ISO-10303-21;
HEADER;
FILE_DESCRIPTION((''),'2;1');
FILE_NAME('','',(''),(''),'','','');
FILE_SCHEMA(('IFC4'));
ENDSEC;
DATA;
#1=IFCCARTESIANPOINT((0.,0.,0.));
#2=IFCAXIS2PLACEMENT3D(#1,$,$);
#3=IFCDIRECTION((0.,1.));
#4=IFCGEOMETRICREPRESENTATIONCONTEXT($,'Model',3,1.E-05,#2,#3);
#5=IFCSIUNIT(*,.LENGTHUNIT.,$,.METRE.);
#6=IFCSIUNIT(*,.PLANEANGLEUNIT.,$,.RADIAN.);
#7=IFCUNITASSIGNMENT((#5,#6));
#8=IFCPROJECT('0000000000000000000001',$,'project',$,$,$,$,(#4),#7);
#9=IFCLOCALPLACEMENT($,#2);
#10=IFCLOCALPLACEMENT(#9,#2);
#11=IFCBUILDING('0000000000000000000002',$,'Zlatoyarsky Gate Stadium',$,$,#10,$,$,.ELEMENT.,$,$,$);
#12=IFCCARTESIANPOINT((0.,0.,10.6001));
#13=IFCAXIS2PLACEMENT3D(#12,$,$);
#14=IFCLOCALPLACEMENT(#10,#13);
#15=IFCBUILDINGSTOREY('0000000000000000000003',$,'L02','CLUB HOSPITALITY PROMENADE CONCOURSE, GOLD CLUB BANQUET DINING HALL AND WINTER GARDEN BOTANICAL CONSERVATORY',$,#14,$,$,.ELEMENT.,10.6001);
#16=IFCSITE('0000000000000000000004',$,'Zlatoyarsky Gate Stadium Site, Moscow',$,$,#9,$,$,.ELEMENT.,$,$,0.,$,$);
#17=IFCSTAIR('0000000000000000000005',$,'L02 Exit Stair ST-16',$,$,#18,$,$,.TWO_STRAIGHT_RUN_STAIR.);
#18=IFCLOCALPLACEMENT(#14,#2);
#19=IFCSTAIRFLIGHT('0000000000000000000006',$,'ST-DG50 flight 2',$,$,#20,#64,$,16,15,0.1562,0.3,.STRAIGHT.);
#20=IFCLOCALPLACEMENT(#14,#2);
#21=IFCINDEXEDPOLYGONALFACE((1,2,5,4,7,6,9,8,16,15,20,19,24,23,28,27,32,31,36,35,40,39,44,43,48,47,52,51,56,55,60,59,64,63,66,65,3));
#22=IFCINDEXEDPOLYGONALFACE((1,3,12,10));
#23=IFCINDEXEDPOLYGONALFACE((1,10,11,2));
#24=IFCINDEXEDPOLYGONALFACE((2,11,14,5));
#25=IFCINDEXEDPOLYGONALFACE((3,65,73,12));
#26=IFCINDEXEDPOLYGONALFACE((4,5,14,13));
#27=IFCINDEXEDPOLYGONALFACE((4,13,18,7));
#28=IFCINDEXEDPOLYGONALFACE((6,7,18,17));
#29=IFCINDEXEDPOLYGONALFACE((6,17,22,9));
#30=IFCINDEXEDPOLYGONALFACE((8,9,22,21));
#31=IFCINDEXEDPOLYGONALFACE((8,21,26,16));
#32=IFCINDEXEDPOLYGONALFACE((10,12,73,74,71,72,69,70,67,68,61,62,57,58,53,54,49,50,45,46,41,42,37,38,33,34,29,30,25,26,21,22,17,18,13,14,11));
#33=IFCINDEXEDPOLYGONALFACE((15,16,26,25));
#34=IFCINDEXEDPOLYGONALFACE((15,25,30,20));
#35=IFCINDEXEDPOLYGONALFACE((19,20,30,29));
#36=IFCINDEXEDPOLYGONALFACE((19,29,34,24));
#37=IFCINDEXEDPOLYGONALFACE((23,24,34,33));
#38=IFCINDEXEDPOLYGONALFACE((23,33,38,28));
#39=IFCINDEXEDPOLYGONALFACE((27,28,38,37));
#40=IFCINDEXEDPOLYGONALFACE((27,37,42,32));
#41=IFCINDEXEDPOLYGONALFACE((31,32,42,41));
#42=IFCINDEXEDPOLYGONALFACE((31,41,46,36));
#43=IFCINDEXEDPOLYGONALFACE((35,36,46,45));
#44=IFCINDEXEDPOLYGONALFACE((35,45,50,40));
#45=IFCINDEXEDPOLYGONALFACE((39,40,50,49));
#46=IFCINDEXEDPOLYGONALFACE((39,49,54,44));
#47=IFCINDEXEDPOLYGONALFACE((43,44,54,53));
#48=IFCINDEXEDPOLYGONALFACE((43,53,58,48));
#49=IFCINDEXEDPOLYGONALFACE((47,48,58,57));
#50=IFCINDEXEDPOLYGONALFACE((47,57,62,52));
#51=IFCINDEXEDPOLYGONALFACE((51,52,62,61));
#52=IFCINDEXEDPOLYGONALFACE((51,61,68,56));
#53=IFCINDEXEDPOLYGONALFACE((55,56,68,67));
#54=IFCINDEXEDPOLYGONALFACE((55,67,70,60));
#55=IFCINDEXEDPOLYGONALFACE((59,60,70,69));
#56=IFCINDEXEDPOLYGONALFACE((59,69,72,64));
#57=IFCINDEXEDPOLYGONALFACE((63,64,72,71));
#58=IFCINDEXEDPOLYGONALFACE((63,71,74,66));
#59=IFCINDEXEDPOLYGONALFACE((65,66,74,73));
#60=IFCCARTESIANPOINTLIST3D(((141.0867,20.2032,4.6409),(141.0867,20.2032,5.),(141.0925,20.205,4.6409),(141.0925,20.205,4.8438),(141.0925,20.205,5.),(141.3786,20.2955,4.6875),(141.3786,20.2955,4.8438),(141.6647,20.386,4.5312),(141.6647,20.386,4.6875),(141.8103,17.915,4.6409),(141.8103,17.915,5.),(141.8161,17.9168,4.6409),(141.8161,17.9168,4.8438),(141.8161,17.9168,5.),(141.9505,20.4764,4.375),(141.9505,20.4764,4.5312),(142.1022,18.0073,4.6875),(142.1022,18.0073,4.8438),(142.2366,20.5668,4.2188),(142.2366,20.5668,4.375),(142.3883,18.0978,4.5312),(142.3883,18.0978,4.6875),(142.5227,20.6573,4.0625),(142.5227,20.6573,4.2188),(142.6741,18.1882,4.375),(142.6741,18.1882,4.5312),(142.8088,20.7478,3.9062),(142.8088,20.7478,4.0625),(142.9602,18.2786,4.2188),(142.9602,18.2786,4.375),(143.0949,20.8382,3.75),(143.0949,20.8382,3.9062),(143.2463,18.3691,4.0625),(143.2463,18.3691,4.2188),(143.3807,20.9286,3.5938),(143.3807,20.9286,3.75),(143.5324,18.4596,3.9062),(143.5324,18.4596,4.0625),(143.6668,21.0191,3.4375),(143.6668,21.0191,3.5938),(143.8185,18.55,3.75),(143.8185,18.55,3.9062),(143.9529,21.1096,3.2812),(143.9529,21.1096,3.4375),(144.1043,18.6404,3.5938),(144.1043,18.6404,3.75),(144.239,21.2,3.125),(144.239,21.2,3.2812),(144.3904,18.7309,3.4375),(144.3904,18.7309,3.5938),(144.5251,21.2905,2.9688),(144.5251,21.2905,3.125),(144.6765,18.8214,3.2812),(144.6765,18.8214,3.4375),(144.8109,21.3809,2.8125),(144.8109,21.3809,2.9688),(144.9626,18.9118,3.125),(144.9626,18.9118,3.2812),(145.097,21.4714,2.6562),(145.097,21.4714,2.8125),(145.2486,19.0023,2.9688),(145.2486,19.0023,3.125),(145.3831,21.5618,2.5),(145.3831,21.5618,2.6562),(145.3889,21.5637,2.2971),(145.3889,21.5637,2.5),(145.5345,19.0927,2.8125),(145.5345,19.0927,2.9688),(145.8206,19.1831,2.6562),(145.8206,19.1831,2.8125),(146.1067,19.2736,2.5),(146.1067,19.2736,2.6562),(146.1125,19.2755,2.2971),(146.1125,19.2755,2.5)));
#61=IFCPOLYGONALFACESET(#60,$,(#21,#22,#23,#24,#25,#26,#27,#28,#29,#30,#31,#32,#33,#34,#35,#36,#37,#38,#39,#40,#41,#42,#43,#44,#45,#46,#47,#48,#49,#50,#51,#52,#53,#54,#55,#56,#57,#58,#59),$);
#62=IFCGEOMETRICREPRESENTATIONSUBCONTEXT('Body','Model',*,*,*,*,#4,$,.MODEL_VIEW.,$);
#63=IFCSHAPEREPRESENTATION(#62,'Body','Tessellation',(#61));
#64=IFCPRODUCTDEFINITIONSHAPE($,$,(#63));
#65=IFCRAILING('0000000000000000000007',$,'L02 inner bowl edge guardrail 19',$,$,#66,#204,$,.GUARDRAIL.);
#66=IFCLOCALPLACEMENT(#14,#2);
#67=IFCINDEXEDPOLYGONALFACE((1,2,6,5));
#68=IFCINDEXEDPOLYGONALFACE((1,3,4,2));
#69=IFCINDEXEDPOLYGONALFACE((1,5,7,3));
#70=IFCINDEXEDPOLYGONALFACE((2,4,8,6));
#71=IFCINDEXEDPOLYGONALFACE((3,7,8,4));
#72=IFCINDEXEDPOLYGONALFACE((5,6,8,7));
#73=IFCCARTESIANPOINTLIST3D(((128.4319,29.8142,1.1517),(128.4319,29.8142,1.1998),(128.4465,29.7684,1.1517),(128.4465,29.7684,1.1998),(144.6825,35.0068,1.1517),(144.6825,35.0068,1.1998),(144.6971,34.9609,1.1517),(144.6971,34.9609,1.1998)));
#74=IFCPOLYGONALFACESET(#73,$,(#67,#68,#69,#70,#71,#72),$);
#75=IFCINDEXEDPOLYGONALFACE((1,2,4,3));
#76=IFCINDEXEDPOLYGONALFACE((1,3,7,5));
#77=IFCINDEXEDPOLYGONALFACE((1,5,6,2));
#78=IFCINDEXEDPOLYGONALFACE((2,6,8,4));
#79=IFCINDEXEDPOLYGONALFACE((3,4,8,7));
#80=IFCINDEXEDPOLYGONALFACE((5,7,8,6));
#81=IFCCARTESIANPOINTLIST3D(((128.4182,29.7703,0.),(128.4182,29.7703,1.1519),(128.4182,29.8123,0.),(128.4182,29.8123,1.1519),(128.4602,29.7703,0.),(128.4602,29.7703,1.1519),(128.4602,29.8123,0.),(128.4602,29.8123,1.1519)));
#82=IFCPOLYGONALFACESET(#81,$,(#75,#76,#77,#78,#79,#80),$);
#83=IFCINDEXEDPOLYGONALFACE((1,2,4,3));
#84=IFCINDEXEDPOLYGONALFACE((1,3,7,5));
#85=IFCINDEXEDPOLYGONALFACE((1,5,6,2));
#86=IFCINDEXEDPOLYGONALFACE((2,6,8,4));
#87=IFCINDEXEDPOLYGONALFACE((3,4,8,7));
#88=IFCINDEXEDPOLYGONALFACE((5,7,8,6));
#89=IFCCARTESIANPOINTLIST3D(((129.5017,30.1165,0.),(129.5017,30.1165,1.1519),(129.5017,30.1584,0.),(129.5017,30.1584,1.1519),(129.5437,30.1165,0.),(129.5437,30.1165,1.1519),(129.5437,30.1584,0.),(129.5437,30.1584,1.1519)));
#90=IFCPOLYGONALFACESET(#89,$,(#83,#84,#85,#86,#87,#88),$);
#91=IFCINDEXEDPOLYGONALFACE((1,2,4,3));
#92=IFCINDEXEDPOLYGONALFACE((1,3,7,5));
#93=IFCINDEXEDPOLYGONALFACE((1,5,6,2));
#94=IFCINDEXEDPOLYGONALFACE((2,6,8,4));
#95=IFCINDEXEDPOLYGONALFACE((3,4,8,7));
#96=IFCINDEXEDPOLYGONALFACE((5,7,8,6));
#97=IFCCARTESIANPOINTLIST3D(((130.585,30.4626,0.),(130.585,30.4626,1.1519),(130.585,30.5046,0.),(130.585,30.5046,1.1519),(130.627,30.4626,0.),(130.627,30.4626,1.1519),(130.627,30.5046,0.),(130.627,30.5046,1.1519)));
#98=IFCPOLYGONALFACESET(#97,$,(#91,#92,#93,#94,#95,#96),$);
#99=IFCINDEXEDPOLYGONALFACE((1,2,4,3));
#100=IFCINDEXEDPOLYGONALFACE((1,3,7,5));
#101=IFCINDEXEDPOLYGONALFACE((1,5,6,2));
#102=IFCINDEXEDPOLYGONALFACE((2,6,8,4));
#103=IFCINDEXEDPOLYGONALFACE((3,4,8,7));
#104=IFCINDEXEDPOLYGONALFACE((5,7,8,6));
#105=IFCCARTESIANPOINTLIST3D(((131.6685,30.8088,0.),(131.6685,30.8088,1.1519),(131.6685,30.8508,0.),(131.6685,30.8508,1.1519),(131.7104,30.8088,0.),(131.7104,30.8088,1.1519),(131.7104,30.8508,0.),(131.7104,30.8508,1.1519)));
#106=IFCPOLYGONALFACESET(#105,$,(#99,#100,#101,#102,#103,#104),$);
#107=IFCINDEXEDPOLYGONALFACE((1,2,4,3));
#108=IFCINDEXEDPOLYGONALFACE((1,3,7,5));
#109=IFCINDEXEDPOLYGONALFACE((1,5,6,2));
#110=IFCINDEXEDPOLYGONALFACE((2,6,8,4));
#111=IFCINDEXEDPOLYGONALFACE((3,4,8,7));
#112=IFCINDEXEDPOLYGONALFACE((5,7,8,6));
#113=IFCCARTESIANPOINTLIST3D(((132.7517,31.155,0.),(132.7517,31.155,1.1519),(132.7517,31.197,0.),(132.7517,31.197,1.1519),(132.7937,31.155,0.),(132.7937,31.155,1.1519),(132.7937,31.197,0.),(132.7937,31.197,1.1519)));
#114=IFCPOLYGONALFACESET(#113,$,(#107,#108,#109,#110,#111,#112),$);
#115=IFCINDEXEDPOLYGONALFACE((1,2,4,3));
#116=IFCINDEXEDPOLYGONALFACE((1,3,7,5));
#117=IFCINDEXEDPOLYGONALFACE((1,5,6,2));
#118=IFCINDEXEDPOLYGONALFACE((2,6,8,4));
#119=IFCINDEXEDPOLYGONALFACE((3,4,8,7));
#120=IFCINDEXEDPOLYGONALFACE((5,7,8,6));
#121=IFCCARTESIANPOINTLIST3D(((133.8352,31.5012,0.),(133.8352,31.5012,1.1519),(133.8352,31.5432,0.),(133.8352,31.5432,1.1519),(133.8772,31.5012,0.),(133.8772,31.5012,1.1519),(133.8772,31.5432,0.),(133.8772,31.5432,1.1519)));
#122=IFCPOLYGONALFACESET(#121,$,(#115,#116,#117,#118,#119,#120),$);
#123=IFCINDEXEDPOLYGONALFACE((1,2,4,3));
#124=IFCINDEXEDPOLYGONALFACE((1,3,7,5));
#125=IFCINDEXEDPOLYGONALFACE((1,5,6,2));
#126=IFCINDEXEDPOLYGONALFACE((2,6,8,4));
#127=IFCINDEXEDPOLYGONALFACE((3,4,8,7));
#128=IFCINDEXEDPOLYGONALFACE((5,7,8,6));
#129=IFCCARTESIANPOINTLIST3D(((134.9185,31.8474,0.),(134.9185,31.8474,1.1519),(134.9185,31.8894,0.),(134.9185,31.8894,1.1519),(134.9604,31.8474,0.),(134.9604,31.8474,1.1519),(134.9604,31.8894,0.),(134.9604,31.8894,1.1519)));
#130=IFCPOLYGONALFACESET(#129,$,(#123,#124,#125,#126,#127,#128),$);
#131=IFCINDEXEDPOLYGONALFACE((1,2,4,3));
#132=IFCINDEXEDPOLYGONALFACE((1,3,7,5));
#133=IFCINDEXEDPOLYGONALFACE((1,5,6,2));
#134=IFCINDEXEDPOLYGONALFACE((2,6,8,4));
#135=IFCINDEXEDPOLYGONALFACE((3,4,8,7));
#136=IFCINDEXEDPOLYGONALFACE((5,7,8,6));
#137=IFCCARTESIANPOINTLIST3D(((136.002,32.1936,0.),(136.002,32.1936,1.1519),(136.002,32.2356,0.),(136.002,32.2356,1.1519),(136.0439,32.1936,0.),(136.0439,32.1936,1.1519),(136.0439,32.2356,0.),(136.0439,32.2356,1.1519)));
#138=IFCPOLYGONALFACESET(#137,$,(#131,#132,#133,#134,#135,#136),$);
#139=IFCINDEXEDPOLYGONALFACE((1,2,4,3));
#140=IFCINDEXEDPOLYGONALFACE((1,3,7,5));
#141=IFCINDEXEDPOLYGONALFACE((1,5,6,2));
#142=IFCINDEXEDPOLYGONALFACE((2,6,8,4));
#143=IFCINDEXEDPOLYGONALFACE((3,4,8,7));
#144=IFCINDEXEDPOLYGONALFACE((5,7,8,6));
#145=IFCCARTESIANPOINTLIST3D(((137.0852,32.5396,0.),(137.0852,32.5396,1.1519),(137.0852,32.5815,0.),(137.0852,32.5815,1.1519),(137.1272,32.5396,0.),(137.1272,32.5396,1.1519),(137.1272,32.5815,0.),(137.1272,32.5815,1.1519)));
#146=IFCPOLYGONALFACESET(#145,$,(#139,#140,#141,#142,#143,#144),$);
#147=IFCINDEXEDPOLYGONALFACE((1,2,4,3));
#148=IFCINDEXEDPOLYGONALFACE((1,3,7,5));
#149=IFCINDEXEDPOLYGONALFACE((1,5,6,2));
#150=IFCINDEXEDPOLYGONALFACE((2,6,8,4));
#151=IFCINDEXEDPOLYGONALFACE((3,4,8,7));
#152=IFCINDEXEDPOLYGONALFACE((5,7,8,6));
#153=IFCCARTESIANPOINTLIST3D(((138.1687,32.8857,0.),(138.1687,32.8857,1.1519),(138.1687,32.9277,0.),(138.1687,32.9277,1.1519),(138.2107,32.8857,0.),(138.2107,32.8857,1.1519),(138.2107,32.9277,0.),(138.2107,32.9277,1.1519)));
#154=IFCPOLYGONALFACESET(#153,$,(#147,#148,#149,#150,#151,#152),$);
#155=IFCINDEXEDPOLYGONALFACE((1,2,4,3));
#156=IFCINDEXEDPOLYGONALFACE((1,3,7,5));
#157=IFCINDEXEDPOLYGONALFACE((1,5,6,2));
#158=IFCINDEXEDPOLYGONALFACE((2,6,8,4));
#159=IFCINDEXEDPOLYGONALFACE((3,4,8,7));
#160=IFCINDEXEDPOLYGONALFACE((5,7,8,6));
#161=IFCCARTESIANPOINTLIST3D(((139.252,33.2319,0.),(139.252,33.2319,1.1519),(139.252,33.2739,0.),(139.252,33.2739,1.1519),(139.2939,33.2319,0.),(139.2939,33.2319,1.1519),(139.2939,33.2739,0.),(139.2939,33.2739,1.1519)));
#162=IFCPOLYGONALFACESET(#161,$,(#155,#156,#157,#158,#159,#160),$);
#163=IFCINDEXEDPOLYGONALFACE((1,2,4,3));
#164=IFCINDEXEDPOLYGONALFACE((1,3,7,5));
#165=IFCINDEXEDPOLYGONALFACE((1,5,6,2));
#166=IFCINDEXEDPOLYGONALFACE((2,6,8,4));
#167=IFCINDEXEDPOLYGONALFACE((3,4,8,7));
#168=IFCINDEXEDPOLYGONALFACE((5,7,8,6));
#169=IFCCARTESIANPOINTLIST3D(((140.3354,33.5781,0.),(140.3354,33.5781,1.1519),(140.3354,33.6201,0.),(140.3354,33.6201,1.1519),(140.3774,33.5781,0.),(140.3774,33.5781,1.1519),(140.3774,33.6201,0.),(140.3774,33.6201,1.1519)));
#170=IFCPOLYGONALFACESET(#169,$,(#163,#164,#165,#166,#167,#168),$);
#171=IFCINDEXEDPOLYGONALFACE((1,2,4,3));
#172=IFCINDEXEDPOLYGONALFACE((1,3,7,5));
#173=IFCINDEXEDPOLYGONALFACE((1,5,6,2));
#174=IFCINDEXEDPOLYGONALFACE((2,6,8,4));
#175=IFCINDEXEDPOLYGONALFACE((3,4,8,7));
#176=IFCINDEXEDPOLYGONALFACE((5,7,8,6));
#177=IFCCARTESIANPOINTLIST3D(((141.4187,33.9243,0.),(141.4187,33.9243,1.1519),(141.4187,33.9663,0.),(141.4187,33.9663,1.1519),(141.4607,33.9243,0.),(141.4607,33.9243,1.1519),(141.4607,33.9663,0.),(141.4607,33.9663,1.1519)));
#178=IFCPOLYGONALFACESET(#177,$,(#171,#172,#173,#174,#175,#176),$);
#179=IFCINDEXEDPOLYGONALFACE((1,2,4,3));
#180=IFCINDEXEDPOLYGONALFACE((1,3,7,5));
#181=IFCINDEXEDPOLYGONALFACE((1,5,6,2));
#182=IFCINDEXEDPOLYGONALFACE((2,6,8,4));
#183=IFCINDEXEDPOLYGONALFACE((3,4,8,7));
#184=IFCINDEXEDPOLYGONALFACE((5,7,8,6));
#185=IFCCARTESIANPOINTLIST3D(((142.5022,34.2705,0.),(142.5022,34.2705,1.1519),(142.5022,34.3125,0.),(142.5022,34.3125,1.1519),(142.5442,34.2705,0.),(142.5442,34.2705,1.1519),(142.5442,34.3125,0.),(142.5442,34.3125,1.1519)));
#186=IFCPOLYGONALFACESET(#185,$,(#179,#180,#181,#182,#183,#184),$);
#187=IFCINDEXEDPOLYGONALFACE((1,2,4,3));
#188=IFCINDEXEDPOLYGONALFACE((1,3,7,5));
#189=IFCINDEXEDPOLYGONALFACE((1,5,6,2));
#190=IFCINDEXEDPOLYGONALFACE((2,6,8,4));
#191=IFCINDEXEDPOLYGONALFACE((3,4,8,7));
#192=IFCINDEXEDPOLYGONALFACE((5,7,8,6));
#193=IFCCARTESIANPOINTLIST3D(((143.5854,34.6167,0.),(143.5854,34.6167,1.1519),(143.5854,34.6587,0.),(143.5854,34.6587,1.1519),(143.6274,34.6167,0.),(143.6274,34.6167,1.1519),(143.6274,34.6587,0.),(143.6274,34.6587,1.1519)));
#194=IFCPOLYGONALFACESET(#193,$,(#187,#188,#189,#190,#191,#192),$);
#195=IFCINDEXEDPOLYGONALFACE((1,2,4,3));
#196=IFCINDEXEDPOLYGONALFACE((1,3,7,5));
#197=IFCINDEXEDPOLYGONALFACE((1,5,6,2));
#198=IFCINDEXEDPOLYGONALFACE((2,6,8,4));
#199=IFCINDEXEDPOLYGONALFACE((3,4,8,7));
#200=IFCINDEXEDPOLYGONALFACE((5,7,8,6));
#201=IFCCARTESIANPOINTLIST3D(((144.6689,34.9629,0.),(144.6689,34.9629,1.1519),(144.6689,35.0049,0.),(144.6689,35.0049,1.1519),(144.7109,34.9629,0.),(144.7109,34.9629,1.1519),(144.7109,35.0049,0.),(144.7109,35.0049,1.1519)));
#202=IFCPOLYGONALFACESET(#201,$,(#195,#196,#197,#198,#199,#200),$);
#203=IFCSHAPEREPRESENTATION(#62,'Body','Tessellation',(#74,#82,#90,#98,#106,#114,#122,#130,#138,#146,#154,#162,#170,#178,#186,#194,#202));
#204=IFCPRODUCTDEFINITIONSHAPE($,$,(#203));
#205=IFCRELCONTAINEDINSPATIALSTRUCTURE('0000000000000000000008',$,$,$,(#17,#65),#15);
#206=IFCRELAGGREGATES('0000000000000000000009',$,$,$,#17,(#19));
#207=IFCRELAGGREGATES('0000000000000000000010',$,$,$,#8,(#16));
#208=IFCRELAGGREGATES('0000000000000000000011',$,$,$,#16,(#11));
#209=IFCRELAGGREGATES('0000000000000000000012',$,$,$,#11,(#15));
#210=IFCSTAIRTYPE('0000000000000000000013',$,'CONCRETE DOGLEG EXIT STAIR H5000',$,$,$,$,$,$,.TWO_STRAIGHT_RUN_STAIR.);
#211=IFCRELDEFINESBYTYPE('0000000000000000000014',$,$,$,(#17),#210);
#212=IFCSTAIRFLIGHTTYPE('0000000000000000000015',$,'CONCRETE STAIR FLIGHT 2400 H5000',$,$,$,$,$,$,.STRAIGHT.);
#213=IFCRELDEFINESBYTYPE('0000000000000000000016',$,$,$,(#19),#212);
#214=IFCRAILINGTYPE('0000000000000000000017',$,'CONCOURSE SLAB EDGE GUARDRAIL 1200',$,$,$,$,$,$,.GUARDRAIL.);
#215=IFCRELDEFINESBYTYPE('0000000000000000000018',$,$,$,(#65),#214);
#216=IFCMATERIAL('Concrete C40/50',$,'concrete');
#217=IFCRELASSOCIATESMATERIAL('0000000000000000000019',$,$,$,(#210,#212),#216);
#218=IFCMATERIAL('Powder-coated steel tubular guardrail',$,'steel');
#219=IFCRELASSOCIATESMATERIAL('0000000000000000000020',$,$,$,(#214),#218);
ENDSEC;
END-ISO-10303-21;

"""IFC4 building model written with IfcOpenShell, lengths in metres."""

from ifc_helpers import new_model, si_unit, direction, frame, origin, origin_2d, place, context, subcontext, project, spatial, polyline, rectangle, outline, extrude, material, type_object, element, aggregate, save


model = new_model("IFC4")

# Units and contexts
model_context = context("Model", 3, precision=1e-05, world=origin(), true_north=direction((0.0, 1.0)))
body_context = subcontext(model_context, "Body", "Model", "MODEL_VIEW")
ifc_project = project(units=[si_unit("LENGTHUNIT", "METRE"), si_unit("PLANEANGLEUNIT", "RADIAN")], contexts=[model_context])

# Site, building, storey
site_placement = place(None, origin())
site = spatial("IfcSite", under=ifc_project, at=site_placement, Name="Zlatoyarsky Gate Stadium Site, Moscow", CompositionType="ELEMENT", RefElevation=0.0)
building_placement = place(site_placement, origin())
building = spatial("IfcBuilding", under=site, at=building_placement, Name="Zlatoyarsky Gate Stadium", CompositionType="ELEMENT")
storey_placement = place(building_placement, frame((0.0, 0.0, 10.6001)))
storey = spatial("IfcBuildingStorey", under=building, at=storey_placement, Name="L02", Description="CLUB HOSPITALITY PROMENADE CONCOURSE, GOLD CLUB BANQUET DINING HALL AND WINTER GARDEN BOTANICAL CONSERVATORY", CompositionType="ELEMENT", Elevation=10.6001)

# Shared definitions
ifc_material_1 = material(Name="Concrete C40/50", Category="concrete")

# Stair, stair flight
stair_type = type_object("IfcStairType", Name="CONCRETE DOGLEG EXIT STAIR H5000", PredefinedType="TWO_STRAIGHT_RUN_STAIR", material=ifc_material_1)
stair_placement = place(storey_placement, origin())
stair = element("IfcStair", 1, at=stair_placement, inside=storey, type_object=stair_type, Name="L02 Exit Stair ST-16", PredefinedType="TWO_STRAIGHT_RUN_STAIR")
stair_flight_type = type_object("IfcStairFlightType", Name="CONCRETE STAIR FLIGHT 2400 H5000", PredefinedType="STRAIGHT", material=ifc_material_1)
stair_flight_1_placement = place(storey_placement, frame((145.7449, 20.4177, 2.5), z_axis=(0.0, 0.0, 1.0), x_axis=(-0.953463, -0.30151, 0.0)))
stair_flight_1 = element("IfcStairFlight", 2, at=stair_flight_1_placement, type_object=stair_flight_type, Name="ST-DG50 flight 2", NumberOfRisers=16, NumberOfTreads=15, PredefinedType="STRAIGHT", RiserHeight=0.1562, TreadLength=0.3, context=body_context, shape_type="SweptSolid", body=[
    extrude(outline(polyline([(-0.0061, -0.2029), (-0.0061, 0.0), (0.0, 0.0), (0.0, 0.1562), (0.3, 0.1562), (0.3, 0.3125), (0.6001, 0.3125), (0.6001, 0.4688), (0.8999, 0.4688), (0.8999, 0.625), (1.2, 0.625), (1.2, 0.7812), (1.5, 0.7812), (1.5, 0.9375), (1.8, 0.9375), (1.8, 1.0938), (2.1001, 1.0938), (2.1001, 1.25), (2.3999, 1.25), (2.3999, 1.4062), (2.7, 1.4062), (2.7, 1.5625), (3.0, 1.5625), (3.0, 1.7188), (3.3, 1.7188), (3.3, 1.875), (3.6001, 1.875), (3.6001, 2.0312), (3.8999, 2.0312), (3.8999, 2.1875), (4.2, 2.1875), (4.2, 2.3438), (4.5, 2.3438), (4.5, 2.5), (4.5061, 2.5), (4.5061, 2.1409), (4.5, 2.1409), (-0.0061, -0.2029)])), frame((0.0, 1.2, 0.0), z_axis=(0.0, -1.0, 0.0), x_axis=(1.0, 0.0, 0.0)), (0.0, 0.0, 1.0), 2.3999),
])
aggregate(stair, [stair_flight_1])

# Railing
ifc_material_2 = material(Name="Powder-coated steel tubular guardrail", Category="steel")
railing_type_1 = type_object("IfcRailingType", Name="CONCOURSE SLAB EDGE GUARDRAIL 1200", PredefinedType="GUARDRAIL", material=ifc_material_2)
railing_1_placement = place(storey_placement, frame((128.4392, 29.7913, 0.0)))
element("IfcRailing", 3, at=railing_1_placement, inside=storey, type_object=railing_type_1, Name="L02 inner bowl edge guardrail 19", PredefinedType="GUARDRAIL", context=body_context, shape_type="SweptSolid", body=[
    extrude(rectangle(XDim=0.0481, YDim=0.0481, at=origin_2d()), frame((0.0, 0.0, 1.1758), z_axis=(0.952554, 0.304371, 0.0), x_axis=(-0.304371, 0.952554, 0.0)), (0.0, 0.0, 1.0), 17.0601),
    extrude(rectangle(XDim=0.042, YDim=0.042, at=origin_2d()), origin(), (0.0, 0.0, 1.0), 1.1519),
    extrude(rectangle(XDim=0.042, YDim=0.042, at=origin_2d()), frame((1.0835, 0.3462, 0.0)), (0.0, 0.0, 1.0), 1.1519),
    extrude(rectangle(XDim=0.042, YDim=0.042, at=origin_2d()), frame((2.1667, 0.6924, 0.0)), (0.0, 0.0, 1.0), 1.1519),
    extrude(rectangle(XDim=0.042, YDim=0.042, at=origin_2d()), frame((3.2502, 1.0386, 0.0)), (0.0, 0.0, 1.0), 1.1519),
    extrude(rectangle(XDim=0.042, YDim=0.042, at=origin_2d()), frame((4.3335, 1.3848, 0.0)), (0.0, 0.0, 1.0), 1.1519),
    extrude(rectangle(XDim=0.042, YDim=0.042, at=origin_2d()), frame((5.417, 1.731, 0.0)), (0.0, 0.0, 1.0), 1.1519),
    extrude(rectangle(XDim=0.042, YDim=0.042, at=origin_2d()), frame((6.5002, 2.0771, 0.0)), (0.0, 0.0, 1.0), 1.1519),
    extrude(rectangle(XDim=0.042, YDim=0.042, at=origin_2d()), frame((7.5837, 2.4233, 0.0)), (0.0, 0.0, 1.0), 1.1519),
    extrude(rectangle(XDim=0.042, YDim=0.042, at=origin_2d()), frame((8.667, 2.7693, 0.0)), (0.0, 0.0, 1.0), 1.1519),
    extrude(rectangle(XDim=0.042, YDim=0.042, at=origin_2d()), frame((9.7505, 3.1155, 0.0)), (0.0, 0.0, 1.0), 1.1519),
    extrude(rectangle(XDim=0.042, YDim=0.042, at=origin_2d()), frame((10.8337, 3.4617, 0.0)), (0.0, 0.0, 1.0), 1.1519),
    extrude(rectangle(XDim=0.042, YDim=0.042, at=origin_2d()), frame((11.9172, 3.8079, 0.0)), (0.0, 0.0, 1.0), 1.1519),
    extrude(rectangle(XDim=0.042, YDim=0.042, at=origin_2d()), frame((13.0005, 4.1541, 0.0)), (0.0, 0.0, 1.0), 1.1519),
    extrude(rectangle(XDim=0.042, YDim=0.042, at=origin_2d()), frame((14.084, 4.5002, 0.0)), (0.0, 0.0, 1.0), 1.1519),
    extrude(rectangle(XDim=0.042, YDim=0.042, at=origin_2d()), frame((15.1672, 4.8464, 0.0)), (0.0, 0.0, 1.0), 1.1519),
    extrude(rectangle(XDim=0.042, YDim=0.042, at=origin_2d()), frame((16.2507, 5.1926, 0.0)), (0.0, 0.0, 1.0), 1.1519),
])

save(model, "model.ifc")
